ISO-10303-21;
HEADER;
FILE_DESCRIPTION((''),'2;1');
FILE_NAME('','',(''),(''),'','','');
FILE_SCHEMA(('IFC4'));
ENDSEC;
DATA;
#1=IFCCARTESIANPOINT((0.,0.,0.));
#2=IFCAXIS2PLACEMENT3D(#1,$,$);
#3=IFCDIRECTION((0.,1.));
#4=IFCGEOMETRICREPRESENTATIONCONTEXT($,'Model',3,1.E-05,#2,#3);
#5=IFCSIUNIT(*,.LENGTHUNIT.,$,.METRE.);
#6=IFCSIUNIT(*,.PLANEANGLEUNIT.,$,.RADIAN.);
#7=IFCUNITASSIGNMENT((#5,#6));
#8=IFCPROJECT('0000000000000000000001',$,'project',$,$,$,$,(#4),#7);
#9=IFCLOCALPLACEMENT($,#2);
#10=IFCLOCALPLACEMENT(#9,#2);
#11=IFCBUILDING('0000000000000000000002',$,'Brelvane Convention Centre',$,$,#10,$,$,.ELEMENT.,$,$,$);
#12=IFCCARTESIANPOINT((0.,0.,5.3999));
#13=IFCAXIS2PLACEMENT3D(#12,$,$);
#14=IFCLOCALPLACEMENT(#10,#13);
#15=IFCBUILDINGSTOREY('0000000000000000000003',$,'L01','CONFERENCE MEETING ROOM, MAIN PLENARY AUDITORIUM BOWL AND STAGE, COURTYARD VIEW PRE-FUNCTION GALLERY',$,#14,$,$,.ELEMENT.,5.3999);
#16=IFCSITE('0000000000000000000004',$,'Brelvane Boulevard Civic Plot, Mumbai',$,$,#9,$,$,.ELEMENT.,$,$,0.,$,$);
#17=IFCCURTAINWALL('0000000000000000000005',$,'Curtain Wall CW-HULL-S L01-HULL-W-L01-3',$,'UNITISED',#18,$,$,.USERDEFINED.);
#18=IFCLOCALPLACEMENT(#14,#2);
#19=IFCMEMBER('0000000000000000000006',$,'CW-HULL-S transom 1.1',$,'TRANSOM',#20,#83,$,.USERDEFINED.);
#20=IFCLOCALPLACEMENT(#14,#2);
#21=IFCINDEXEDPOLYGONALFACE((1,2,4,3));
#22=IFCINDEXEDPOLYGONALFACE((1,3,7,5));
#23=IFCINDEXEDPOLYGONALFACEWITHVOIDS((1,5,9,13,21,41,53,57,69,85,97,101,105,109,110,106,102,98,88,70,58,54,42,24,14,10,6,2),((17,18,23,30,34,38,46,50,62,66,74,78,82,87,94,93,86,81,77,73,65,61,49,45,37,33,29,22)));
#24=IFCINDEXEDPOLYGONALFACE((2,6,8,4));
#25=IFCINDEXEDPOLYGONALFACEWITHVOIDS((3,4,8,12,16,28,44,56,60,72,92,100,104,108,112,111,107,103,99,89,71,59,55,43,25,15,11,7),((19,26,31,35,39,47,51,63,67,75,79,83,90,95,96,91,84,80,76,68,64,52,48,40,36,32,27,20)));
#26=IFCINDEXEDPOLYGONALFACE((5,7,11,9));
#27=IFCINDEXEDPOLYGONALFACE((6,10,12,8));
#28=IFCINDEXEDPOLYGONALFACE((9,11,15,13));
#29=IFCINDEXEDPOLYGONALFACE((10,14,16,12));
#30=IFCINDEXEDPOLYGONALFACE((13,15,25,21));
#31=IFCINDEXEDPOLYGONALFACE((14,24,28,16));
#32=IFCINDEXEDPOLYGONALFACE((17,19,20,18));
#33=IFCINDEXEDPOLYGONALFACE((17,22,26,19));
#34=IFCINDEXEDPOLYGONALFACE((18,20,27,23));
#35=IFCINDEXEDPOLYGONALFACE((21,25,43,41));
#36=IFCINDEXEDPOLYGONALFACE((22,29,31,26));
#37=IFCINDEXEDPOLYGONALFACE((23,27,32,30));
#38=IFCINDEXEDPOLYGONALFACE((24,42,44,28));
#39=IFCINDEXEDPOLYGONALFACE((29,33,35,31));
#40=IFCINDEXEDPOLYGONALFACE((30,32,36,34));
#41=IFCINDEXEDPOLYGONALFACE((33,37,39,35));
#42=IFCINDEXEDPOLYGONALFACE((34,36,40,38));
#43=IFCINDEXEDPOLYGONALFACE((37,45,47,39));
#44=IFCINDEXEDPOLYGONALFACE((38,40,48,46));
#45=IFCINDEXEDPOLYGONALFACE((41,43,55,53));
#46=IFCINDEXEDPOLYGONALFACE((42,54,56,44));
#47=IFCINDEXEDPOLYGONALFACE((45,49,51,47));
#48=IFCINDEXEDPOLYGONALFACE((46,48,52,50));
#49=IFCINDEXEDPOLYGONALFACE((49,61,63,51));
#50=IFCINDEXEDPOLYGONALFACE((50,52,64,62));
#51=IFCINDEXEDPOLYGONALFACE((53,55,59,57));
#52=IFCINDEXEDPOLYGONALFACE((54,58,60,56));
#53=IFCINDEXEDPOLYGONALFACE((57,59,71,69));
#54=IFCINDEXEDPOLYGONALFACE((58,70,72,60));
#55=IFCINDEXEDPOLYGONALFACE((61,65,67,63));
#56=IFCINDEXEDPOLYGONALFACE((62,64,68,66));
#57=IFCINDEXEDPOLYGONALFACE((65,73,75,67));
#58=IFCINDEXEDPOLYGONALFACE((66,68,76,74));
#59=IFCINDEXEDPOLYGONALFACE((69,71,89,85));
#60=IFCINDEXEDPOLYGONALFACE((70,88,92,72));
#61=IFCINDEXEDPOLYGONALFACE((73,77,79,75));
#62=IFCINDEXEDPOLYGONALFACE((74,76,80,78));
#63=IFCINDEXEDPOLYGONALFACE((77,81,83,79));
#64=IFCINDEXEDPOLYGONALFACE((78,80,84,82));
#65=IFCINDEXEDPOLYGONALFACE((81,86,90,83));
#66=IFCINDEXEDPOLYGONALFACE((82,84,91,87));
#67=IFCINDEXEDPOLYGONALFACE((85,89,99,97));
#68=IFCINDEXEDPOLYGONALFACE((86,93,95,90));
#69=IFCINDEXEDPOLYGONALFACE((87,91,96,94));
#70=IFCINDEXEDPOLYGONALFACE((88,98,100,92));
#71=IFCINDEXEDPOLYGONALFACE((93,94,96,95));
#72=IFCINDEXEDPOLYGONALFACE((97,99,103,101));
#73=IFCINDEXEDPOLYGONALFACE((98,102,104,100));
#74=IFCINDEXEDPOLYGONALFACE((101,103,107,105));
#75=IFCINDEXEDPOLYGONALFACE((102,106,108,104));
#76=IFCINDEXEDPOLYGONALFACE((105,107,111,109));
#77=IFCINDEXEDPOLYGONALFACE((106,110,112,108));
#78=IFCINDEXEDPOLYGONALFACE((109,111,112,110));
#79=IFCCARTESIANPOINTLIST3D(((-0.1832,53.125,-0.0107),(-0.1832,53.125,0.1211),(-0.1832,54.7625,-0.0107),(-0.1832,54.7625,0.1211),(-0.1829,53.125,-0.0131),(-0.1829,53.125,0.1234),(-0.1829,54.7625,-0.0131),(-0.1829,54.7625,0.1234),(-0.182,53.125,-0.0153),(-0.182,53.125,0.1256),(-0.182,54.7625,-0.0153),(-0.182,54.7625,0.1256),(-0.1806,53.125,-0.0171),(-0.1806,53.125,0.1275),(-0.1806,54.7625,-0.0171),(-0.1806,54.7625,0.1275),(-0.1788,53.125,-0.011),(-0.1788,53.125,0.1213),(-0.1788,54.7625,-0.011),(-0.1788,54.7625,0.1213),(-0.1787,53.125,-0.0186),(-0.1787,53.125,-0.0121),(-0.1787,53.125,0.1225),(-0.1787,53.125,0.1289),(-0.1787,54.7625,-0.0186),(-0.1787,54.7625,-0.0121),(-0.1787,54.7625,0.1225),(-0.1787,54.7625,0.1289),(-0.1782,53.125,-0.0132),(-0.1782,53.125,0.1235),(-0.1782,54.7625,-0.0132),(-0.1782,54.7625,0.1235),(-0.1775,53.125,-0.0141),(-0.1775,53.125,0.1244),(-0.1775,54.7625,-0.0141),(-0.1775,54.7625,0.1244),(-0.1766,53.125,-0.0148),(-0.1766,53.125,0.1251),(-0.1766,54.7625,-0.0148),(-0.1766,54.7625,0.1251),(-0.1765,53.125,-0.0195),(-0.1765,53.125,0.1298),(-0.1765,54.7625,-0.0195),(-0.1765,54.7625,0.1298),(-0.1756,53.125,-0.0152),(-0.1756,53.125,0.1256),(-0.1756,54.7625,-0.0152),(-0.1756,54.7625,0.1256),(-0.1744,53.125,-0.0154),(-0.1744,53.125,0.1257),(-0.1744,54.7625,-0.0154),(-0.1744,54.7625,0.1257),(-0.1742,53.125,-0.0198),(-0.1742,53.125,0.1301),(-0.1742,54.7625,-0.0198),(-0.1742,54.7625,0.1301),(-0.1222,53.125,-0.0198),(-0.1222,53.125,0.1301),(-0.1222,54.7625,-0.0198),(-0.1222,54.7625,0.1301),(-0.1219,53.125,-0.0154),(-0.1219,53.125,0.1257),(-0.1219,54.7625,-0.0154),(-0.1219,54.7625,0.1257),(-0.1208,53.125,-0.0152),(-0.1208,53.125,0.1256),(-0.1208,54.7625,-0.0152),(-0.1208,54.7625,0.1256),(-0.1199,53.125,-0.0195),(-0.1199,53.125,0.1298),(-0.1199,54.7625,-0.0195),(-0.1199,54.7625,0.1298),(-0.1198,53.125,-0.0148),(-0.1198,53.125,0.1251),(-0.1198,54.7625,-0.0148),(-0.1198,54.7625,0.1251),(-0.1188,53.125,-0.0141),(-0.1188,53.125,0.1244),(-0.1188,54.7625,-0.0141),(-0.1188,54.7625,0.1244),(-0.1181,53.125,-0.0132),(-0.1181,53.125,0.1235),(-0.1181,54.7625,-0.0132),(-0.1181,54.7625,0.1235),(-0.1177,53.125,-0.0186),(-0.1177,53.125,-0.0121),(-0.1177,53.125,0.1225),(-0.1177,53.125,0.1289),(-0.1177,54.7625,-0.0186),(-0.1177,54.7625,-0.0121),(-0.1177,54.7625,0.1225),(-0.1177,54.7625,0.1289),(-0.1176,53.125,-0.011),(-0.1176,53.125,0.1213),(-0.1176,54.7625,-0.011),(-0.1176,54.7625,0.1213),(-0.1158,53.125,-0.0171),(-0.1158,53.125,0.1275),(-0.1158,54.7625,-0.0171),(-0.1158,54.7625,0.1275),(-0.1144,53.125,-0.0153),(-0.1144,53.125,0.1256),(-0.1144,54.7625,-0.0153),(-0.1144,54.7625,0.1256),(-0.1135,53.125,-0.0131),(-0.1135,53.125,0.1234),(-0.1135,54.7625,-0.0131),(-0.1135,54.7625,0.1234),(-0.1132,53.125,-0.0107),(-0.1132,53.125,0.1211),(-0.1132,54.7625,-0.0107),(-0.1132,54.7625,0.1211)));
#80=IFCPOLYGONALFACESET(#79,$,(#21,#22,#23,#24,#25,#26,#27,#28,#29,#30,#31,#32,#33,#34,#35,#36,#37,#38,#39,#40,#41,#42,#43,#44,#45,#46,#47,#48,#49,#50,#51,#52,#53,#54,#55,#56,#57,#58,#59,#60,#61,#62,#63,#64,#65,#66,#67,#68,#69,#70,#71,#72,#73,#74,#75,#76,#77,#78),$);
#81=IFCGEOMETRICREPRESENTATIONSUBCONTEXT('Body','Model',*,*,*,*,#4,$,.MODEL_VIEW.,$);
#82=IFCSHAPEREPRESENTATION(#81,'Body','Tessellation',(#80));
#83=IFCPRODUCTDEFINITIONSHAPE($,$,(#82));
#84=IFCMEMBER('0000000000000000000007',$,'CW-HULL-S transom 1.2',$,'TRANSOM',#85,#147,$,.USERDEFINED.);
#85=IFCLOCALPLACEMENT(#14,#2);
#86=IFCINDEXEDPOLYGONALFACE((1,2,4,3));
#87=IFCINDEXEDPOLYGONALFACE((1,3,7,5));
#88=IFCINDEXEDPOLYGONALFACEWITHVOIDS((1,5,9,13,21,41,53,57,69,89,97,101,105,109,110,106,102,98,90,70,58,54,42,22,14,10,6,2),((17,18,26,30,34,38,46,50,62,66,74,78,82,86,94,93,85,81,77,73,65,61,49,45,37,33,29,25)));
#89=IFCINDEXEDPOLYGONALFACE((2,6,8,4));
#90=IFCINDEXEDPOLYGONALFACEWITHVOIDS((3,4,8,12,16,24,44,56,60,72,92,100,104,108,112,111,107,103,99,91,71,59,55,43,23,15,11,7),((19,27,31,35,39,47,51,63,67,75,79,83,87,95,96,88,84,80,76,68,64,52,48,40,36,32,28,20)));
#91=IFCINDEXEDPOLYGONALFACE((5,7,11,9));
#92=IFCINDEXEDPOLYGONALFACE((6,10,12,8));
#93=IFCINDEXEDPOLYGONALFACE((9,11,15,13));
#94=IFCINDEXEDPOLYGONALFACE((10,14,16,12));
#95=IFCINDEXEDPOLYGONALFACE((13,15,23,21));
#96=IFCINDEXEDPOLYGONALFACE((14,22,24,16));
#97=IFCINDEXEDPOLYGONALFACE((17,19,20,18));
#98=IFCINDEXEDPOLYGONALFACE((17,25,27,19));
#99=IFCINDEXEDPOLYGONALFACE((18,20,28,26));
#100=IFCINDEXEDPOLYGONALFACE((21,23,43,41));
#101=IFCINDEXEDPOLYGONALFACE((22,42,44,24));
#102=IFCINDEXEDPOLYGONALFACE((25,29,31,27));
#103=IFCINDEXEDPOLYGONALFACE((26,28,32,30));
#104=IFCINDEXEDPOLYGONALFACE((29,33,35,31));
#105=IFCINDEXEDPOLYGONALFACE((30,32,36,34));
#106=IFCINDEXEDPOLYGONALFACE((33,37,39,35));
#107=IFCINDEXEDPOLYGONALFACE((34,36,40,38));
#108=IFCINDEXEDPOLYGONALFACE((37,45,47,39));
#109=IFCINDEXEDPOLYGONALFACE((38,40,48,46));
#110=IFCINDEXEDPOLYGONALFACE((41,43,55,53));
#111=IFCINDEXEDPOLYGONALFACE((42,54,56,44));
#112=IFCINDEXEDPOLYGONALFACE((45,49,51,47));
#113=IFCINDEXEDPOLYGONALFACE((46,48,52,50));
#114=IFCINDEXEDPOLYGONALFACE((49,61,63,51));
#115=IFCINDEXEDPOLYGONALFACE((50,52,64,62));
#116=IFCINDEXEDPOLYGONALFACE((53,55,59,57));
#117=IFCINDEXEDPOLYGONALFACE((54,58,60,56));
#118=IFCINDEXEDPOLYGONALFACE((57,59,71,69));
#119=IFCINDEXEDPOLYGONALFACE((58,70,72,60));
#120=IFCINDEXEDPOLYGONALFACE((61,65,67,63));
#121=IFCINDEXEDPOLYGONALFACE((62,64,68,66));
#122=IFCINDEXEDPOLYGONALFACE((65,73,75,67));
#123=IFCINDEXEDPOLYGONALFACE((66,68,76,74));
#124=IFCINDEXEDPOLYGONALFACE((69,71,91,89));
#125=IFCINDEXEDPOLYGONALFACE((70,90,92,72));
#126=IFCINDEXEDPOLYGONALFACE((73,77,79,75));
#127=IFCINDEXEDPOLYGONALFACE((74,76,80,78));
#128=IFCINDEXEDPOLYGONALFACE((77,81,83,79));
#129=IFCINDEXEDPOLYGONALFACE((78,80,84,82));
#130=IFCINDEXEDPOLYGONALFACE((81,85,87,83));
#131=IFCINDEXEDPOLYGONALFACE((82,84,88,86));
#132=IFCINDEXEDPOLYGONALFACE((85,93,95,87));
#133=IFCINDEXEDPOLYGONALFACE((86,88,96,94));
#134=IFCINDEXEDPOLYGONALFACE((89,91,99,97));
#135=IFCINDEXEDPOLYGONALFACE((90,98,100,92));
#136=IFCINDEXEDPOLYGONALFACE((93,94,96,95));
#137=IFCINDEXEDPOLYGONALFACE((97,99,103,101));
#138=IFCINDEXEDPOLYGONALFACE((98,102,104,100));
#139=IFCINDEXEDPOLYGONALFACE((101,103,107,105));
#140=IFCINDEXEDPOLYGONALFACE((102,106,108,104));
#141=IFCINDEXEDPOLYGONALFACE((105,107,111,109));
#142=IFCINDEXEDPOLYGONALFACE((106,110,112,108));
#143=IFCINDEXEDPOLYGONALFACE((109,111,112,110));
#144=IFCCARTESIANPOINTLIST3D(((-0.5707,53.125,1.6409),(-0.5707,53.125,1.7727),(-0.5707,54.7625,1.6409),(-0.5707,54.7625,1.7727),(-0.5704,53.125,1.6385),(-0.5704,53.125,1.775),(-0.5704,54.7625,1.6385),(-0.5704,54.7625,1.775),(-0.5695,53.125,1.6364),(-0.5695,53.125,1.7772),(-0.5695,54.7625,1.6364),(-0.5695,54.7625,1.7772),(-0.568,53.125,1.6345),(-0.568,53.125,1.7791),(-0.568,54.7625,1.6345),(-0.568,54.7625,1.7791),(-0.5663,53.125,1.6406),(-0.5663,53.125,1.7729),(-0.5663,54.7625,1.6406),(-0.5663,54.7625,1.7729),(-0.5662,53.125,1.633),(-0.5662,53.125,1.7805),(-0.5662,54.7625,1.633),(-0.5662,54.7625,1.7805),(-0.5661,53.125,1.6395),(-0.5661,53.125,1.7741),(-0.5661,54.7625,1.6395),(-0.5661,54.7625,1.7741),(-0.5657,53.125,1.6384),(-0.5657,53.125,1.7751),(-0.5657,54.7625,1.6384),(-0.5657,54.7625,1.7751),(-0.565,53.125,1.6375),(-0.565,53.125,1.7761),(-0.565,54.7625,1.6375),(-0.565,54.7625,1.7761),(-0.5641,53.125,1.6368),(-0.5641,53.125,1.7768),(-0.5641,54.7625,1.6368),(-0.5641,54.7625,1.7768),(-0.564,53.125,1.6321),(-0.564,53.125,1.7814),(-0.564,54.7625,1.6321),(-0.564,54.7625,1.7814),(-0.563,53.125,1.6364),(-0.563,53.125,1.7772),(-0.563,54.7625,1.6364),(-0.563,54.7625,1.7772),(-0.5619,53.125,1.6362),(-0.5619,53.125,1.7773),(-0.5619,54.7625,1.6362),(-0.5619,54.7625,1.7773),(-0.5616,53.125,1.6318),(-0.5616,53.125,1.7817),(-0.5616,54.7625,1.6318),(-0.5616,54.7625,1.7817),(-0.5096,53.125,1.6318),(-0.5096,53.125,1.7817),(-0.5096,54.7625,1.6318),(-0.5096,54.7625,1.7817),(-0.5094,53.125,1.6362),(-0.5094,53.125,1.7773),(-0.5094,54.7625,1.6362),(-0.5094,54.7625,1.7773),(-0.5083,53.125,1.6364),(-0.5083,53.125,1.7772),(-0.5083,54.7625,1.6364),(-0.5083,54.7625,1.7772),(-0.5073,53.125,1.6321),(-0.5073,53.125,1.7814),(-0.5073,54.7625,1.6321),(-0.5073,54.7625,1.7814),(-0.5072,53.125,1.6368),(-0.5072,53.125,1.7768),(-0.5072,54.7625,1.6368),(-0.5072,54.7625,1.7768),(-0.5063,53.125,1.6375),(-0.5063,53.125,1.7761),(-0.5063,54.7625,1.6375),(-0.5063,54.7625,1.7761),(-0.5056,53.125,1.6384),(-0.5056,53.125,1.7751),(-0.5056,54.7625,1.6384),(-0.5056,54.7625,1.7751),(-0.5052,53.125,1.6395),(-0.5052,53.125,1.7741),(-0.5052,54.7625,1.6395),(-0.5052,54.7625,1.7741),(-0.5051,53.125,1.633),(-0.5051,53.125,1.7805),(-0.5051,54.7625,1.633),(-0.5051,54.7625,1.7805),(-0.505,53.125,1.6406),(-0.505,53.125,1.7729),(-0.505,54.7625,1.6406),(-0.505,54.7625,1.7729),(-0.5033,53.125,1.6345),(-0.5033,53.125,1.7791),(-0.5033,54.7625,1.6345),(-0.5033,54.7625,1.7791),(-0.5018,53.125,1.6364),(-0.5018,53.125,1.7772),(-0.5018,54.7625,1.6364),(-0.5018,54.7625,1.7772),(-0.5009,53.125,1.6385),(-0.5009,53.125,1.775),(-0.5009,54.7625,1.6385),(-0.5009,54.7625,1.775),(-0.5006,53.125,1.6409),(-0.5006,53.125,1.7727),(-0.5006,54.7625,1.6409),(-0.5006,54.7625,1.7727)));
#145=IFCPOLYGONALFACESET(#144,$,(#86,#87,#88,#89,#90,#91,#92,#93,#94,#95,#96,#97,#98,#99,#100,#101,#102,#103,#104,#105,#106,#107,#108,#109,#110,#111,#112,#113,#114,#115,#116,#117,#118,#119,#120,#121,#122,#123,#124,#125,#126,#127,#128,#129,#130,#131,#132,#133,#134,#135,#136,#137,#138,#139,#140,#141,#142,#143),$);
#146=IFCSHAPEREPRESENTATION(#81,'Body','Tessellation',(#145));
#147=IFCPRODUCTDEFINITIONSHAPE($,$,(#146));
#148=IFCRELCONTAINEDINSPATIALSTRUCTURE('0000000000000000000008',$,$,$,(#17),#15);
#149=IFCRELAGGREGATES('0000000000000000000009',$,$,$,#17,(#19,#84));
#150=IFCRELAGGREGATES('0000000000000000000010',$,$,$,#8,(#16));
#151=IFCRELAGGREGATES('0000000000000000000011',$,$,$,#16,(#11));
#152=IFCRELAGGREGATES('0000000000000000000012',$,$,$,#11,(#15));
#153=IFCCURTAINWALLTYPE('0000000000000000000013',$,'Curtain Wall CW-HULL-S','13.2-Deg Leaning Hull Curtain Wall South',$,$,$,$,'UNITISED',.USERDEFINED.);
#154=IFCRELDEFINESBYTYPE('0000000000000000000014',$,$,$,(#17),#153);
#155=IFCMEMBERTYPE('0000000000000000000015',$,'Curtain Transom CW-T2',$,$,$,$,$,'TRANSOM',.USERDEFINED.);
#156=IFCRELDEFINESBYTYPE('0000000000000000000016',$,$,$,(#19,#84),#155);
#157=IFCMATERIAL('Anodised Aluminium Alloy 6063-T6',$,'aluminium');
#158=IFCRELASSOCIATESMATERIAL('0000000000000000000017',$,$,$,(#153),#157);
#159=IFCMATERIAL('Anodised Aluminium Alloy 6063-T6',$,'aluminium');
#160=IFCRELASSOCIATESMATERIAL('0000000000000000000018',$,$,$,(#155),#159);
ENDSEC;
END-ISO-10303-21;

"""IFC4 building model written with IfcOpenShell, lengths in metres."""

from ifc_helpers import new_model, si_unit, direction, frame, origin, origin_2d, place, context, subcontext, project, spatial, hollow_rectangle, extrude, material, material_profile, profile_set, type_object, element, aggregate, save


model = new_model("IFC4")

# Units and contexts
model_context = context("Model", 3, precision=1e-05, world=origin(), true_north=direction((0.0, 1.0)))
body_context = subcontext(model_context, "Body", "Model", "MODEL_VIEW")
ifc_project = project(units=[si_unit("LENGTHUNIT", "METRE"), si_unit("PLANEANGLEUNIT", "RADIAN")], contexts=[model_context])

# Site, building, storey
site_placement = place(None, origin())
site = spatial("IfcSite", under=ifc_project, at=site_placement, Name="Brelvane Boulevard Civic Plot, Mumbai", CompositionType="ELEMENT", RefElevation=0.0)
building_placement = place(site_placement, origin())
building = spatial("IfcBuilding", under=site, at=building_placement, Name="Brelvane Convention Centre", CompositionType="ELEMENT")
storey_placement = place(building_placement, frame((0.0, 0.0, 5.3999)))
storey = spatial("IfcBuildingStorey", under=building, at=storey_placement, Name="L01", Description="CONFERENCE MEETING ROOM, MAIN PLENARY AUDITORIUM BOWL AND STAGE, COURTYARD VIEW PRE-FUNCTION GALLERY", CompositionType="ELEMENT", Elevation=5.3999)

# Shared definitions
ifc_material_1 = material(Name="Anodised Aluminium Alloy 6063-T6", Category="aluminium")
curtain_wall_type = type_object("IfcCurtainWallType", Name="Curtain Wall CW-HULL-S", Description="13.2-Deg Leaning Hull Curtain Wall South", ElementType="UNITISED", PredefinedType="USERDEFINED", material=ifc_material_1)

# Curtain wall, members
curtain_wall_1_placement = place(storey_placement, origin())
curtain_wall_1 = element("IfcCurtainWall", 1, at=curtain_wall_1_placement, inside=storey, type_object=curtain_wall_type, Name="Curtain Wall CW-HULL-S L01-HULL-W-L01-3", ObjectType="UNITISED", PredefinedType="USERDEFINED")
ifc_material_2 = material(Name="Anodised Aluminium Alloy 6063-T6", Category="aluminium")
ifc_material_profile_1 = material_profile(ifc_material_2, hollow_rectangle(XDim=0.0701, YDim=0.1499, WallThickness=0.0044, InnerFilletRadius=0.0044, OuterFilletRadius=0.009, at=origin_2d()), Name="ALU-T 150x70x4.5")
ifc_profile_set_1 = profile_set([ifc_material_profile_1], Name="Anodised Aluminium Alloy 6063-T6")
member_type_1 = type_object("IfcMemberType", Name="Curtain Transom CW-T2", ElementType="TRANSOM", PredefinedType="USERDEFINED", material=ifc_profile_set_1)
member_1_placement = place(storey_placement, frame((-0.1482, 53.125, 0.0552), z_axis=(0.0, 1.0, 0.0), x_axis=(-1.0, 0.0, 0.0)))
member_1 = element("IfcMember", 2, at=member_1_placement, type_object=member_type_1, Name="CW-HULL-S transom 1.1", ObjectType="TRANSOM", PredefinedType="USERDEFINED", context=body_context, shape_type="SweptSolid", body=[
    extrude(hollow_rectangle(XDim=0.0701, YDim=0.1499, WallThickness=0.0044, InnerFilletRadius=0.0044, OuterFilletRadius=0.009, at=origin_2d()), origin(), (0.0, 0.0, 1.0), 1.6375),
])
member_2_placement = place(storey_placement, frame((-0.5356, 53.125, 1.7068), z_axis=(0.0, 1.0, 0.0), x_axis=(-1.0, 0.0, 0.0)))
member_2 = element("IfcMember", 3, at=member_2_placement, type_object=member_type_1, Name="CW-HULL-S transom 1.2", ObjectType="TRANSOM", PredefinedType="USERDEFINED", context=body_context, shape_type="SweptSolid", body=[
    extrude(hollow_rectangle(XDim=0.0701, YDim=0.1499, WallThickness=0.0044, InnerFilletRadius=0.0044, OuterFilletRadius=0.009, at=origin_2d()), origin(), (0.0, 0.0, 1.0), 1.6375),
])

aggregate(curtain_wall_1, [member_1, member_2])

save(model, "model.ifc")
